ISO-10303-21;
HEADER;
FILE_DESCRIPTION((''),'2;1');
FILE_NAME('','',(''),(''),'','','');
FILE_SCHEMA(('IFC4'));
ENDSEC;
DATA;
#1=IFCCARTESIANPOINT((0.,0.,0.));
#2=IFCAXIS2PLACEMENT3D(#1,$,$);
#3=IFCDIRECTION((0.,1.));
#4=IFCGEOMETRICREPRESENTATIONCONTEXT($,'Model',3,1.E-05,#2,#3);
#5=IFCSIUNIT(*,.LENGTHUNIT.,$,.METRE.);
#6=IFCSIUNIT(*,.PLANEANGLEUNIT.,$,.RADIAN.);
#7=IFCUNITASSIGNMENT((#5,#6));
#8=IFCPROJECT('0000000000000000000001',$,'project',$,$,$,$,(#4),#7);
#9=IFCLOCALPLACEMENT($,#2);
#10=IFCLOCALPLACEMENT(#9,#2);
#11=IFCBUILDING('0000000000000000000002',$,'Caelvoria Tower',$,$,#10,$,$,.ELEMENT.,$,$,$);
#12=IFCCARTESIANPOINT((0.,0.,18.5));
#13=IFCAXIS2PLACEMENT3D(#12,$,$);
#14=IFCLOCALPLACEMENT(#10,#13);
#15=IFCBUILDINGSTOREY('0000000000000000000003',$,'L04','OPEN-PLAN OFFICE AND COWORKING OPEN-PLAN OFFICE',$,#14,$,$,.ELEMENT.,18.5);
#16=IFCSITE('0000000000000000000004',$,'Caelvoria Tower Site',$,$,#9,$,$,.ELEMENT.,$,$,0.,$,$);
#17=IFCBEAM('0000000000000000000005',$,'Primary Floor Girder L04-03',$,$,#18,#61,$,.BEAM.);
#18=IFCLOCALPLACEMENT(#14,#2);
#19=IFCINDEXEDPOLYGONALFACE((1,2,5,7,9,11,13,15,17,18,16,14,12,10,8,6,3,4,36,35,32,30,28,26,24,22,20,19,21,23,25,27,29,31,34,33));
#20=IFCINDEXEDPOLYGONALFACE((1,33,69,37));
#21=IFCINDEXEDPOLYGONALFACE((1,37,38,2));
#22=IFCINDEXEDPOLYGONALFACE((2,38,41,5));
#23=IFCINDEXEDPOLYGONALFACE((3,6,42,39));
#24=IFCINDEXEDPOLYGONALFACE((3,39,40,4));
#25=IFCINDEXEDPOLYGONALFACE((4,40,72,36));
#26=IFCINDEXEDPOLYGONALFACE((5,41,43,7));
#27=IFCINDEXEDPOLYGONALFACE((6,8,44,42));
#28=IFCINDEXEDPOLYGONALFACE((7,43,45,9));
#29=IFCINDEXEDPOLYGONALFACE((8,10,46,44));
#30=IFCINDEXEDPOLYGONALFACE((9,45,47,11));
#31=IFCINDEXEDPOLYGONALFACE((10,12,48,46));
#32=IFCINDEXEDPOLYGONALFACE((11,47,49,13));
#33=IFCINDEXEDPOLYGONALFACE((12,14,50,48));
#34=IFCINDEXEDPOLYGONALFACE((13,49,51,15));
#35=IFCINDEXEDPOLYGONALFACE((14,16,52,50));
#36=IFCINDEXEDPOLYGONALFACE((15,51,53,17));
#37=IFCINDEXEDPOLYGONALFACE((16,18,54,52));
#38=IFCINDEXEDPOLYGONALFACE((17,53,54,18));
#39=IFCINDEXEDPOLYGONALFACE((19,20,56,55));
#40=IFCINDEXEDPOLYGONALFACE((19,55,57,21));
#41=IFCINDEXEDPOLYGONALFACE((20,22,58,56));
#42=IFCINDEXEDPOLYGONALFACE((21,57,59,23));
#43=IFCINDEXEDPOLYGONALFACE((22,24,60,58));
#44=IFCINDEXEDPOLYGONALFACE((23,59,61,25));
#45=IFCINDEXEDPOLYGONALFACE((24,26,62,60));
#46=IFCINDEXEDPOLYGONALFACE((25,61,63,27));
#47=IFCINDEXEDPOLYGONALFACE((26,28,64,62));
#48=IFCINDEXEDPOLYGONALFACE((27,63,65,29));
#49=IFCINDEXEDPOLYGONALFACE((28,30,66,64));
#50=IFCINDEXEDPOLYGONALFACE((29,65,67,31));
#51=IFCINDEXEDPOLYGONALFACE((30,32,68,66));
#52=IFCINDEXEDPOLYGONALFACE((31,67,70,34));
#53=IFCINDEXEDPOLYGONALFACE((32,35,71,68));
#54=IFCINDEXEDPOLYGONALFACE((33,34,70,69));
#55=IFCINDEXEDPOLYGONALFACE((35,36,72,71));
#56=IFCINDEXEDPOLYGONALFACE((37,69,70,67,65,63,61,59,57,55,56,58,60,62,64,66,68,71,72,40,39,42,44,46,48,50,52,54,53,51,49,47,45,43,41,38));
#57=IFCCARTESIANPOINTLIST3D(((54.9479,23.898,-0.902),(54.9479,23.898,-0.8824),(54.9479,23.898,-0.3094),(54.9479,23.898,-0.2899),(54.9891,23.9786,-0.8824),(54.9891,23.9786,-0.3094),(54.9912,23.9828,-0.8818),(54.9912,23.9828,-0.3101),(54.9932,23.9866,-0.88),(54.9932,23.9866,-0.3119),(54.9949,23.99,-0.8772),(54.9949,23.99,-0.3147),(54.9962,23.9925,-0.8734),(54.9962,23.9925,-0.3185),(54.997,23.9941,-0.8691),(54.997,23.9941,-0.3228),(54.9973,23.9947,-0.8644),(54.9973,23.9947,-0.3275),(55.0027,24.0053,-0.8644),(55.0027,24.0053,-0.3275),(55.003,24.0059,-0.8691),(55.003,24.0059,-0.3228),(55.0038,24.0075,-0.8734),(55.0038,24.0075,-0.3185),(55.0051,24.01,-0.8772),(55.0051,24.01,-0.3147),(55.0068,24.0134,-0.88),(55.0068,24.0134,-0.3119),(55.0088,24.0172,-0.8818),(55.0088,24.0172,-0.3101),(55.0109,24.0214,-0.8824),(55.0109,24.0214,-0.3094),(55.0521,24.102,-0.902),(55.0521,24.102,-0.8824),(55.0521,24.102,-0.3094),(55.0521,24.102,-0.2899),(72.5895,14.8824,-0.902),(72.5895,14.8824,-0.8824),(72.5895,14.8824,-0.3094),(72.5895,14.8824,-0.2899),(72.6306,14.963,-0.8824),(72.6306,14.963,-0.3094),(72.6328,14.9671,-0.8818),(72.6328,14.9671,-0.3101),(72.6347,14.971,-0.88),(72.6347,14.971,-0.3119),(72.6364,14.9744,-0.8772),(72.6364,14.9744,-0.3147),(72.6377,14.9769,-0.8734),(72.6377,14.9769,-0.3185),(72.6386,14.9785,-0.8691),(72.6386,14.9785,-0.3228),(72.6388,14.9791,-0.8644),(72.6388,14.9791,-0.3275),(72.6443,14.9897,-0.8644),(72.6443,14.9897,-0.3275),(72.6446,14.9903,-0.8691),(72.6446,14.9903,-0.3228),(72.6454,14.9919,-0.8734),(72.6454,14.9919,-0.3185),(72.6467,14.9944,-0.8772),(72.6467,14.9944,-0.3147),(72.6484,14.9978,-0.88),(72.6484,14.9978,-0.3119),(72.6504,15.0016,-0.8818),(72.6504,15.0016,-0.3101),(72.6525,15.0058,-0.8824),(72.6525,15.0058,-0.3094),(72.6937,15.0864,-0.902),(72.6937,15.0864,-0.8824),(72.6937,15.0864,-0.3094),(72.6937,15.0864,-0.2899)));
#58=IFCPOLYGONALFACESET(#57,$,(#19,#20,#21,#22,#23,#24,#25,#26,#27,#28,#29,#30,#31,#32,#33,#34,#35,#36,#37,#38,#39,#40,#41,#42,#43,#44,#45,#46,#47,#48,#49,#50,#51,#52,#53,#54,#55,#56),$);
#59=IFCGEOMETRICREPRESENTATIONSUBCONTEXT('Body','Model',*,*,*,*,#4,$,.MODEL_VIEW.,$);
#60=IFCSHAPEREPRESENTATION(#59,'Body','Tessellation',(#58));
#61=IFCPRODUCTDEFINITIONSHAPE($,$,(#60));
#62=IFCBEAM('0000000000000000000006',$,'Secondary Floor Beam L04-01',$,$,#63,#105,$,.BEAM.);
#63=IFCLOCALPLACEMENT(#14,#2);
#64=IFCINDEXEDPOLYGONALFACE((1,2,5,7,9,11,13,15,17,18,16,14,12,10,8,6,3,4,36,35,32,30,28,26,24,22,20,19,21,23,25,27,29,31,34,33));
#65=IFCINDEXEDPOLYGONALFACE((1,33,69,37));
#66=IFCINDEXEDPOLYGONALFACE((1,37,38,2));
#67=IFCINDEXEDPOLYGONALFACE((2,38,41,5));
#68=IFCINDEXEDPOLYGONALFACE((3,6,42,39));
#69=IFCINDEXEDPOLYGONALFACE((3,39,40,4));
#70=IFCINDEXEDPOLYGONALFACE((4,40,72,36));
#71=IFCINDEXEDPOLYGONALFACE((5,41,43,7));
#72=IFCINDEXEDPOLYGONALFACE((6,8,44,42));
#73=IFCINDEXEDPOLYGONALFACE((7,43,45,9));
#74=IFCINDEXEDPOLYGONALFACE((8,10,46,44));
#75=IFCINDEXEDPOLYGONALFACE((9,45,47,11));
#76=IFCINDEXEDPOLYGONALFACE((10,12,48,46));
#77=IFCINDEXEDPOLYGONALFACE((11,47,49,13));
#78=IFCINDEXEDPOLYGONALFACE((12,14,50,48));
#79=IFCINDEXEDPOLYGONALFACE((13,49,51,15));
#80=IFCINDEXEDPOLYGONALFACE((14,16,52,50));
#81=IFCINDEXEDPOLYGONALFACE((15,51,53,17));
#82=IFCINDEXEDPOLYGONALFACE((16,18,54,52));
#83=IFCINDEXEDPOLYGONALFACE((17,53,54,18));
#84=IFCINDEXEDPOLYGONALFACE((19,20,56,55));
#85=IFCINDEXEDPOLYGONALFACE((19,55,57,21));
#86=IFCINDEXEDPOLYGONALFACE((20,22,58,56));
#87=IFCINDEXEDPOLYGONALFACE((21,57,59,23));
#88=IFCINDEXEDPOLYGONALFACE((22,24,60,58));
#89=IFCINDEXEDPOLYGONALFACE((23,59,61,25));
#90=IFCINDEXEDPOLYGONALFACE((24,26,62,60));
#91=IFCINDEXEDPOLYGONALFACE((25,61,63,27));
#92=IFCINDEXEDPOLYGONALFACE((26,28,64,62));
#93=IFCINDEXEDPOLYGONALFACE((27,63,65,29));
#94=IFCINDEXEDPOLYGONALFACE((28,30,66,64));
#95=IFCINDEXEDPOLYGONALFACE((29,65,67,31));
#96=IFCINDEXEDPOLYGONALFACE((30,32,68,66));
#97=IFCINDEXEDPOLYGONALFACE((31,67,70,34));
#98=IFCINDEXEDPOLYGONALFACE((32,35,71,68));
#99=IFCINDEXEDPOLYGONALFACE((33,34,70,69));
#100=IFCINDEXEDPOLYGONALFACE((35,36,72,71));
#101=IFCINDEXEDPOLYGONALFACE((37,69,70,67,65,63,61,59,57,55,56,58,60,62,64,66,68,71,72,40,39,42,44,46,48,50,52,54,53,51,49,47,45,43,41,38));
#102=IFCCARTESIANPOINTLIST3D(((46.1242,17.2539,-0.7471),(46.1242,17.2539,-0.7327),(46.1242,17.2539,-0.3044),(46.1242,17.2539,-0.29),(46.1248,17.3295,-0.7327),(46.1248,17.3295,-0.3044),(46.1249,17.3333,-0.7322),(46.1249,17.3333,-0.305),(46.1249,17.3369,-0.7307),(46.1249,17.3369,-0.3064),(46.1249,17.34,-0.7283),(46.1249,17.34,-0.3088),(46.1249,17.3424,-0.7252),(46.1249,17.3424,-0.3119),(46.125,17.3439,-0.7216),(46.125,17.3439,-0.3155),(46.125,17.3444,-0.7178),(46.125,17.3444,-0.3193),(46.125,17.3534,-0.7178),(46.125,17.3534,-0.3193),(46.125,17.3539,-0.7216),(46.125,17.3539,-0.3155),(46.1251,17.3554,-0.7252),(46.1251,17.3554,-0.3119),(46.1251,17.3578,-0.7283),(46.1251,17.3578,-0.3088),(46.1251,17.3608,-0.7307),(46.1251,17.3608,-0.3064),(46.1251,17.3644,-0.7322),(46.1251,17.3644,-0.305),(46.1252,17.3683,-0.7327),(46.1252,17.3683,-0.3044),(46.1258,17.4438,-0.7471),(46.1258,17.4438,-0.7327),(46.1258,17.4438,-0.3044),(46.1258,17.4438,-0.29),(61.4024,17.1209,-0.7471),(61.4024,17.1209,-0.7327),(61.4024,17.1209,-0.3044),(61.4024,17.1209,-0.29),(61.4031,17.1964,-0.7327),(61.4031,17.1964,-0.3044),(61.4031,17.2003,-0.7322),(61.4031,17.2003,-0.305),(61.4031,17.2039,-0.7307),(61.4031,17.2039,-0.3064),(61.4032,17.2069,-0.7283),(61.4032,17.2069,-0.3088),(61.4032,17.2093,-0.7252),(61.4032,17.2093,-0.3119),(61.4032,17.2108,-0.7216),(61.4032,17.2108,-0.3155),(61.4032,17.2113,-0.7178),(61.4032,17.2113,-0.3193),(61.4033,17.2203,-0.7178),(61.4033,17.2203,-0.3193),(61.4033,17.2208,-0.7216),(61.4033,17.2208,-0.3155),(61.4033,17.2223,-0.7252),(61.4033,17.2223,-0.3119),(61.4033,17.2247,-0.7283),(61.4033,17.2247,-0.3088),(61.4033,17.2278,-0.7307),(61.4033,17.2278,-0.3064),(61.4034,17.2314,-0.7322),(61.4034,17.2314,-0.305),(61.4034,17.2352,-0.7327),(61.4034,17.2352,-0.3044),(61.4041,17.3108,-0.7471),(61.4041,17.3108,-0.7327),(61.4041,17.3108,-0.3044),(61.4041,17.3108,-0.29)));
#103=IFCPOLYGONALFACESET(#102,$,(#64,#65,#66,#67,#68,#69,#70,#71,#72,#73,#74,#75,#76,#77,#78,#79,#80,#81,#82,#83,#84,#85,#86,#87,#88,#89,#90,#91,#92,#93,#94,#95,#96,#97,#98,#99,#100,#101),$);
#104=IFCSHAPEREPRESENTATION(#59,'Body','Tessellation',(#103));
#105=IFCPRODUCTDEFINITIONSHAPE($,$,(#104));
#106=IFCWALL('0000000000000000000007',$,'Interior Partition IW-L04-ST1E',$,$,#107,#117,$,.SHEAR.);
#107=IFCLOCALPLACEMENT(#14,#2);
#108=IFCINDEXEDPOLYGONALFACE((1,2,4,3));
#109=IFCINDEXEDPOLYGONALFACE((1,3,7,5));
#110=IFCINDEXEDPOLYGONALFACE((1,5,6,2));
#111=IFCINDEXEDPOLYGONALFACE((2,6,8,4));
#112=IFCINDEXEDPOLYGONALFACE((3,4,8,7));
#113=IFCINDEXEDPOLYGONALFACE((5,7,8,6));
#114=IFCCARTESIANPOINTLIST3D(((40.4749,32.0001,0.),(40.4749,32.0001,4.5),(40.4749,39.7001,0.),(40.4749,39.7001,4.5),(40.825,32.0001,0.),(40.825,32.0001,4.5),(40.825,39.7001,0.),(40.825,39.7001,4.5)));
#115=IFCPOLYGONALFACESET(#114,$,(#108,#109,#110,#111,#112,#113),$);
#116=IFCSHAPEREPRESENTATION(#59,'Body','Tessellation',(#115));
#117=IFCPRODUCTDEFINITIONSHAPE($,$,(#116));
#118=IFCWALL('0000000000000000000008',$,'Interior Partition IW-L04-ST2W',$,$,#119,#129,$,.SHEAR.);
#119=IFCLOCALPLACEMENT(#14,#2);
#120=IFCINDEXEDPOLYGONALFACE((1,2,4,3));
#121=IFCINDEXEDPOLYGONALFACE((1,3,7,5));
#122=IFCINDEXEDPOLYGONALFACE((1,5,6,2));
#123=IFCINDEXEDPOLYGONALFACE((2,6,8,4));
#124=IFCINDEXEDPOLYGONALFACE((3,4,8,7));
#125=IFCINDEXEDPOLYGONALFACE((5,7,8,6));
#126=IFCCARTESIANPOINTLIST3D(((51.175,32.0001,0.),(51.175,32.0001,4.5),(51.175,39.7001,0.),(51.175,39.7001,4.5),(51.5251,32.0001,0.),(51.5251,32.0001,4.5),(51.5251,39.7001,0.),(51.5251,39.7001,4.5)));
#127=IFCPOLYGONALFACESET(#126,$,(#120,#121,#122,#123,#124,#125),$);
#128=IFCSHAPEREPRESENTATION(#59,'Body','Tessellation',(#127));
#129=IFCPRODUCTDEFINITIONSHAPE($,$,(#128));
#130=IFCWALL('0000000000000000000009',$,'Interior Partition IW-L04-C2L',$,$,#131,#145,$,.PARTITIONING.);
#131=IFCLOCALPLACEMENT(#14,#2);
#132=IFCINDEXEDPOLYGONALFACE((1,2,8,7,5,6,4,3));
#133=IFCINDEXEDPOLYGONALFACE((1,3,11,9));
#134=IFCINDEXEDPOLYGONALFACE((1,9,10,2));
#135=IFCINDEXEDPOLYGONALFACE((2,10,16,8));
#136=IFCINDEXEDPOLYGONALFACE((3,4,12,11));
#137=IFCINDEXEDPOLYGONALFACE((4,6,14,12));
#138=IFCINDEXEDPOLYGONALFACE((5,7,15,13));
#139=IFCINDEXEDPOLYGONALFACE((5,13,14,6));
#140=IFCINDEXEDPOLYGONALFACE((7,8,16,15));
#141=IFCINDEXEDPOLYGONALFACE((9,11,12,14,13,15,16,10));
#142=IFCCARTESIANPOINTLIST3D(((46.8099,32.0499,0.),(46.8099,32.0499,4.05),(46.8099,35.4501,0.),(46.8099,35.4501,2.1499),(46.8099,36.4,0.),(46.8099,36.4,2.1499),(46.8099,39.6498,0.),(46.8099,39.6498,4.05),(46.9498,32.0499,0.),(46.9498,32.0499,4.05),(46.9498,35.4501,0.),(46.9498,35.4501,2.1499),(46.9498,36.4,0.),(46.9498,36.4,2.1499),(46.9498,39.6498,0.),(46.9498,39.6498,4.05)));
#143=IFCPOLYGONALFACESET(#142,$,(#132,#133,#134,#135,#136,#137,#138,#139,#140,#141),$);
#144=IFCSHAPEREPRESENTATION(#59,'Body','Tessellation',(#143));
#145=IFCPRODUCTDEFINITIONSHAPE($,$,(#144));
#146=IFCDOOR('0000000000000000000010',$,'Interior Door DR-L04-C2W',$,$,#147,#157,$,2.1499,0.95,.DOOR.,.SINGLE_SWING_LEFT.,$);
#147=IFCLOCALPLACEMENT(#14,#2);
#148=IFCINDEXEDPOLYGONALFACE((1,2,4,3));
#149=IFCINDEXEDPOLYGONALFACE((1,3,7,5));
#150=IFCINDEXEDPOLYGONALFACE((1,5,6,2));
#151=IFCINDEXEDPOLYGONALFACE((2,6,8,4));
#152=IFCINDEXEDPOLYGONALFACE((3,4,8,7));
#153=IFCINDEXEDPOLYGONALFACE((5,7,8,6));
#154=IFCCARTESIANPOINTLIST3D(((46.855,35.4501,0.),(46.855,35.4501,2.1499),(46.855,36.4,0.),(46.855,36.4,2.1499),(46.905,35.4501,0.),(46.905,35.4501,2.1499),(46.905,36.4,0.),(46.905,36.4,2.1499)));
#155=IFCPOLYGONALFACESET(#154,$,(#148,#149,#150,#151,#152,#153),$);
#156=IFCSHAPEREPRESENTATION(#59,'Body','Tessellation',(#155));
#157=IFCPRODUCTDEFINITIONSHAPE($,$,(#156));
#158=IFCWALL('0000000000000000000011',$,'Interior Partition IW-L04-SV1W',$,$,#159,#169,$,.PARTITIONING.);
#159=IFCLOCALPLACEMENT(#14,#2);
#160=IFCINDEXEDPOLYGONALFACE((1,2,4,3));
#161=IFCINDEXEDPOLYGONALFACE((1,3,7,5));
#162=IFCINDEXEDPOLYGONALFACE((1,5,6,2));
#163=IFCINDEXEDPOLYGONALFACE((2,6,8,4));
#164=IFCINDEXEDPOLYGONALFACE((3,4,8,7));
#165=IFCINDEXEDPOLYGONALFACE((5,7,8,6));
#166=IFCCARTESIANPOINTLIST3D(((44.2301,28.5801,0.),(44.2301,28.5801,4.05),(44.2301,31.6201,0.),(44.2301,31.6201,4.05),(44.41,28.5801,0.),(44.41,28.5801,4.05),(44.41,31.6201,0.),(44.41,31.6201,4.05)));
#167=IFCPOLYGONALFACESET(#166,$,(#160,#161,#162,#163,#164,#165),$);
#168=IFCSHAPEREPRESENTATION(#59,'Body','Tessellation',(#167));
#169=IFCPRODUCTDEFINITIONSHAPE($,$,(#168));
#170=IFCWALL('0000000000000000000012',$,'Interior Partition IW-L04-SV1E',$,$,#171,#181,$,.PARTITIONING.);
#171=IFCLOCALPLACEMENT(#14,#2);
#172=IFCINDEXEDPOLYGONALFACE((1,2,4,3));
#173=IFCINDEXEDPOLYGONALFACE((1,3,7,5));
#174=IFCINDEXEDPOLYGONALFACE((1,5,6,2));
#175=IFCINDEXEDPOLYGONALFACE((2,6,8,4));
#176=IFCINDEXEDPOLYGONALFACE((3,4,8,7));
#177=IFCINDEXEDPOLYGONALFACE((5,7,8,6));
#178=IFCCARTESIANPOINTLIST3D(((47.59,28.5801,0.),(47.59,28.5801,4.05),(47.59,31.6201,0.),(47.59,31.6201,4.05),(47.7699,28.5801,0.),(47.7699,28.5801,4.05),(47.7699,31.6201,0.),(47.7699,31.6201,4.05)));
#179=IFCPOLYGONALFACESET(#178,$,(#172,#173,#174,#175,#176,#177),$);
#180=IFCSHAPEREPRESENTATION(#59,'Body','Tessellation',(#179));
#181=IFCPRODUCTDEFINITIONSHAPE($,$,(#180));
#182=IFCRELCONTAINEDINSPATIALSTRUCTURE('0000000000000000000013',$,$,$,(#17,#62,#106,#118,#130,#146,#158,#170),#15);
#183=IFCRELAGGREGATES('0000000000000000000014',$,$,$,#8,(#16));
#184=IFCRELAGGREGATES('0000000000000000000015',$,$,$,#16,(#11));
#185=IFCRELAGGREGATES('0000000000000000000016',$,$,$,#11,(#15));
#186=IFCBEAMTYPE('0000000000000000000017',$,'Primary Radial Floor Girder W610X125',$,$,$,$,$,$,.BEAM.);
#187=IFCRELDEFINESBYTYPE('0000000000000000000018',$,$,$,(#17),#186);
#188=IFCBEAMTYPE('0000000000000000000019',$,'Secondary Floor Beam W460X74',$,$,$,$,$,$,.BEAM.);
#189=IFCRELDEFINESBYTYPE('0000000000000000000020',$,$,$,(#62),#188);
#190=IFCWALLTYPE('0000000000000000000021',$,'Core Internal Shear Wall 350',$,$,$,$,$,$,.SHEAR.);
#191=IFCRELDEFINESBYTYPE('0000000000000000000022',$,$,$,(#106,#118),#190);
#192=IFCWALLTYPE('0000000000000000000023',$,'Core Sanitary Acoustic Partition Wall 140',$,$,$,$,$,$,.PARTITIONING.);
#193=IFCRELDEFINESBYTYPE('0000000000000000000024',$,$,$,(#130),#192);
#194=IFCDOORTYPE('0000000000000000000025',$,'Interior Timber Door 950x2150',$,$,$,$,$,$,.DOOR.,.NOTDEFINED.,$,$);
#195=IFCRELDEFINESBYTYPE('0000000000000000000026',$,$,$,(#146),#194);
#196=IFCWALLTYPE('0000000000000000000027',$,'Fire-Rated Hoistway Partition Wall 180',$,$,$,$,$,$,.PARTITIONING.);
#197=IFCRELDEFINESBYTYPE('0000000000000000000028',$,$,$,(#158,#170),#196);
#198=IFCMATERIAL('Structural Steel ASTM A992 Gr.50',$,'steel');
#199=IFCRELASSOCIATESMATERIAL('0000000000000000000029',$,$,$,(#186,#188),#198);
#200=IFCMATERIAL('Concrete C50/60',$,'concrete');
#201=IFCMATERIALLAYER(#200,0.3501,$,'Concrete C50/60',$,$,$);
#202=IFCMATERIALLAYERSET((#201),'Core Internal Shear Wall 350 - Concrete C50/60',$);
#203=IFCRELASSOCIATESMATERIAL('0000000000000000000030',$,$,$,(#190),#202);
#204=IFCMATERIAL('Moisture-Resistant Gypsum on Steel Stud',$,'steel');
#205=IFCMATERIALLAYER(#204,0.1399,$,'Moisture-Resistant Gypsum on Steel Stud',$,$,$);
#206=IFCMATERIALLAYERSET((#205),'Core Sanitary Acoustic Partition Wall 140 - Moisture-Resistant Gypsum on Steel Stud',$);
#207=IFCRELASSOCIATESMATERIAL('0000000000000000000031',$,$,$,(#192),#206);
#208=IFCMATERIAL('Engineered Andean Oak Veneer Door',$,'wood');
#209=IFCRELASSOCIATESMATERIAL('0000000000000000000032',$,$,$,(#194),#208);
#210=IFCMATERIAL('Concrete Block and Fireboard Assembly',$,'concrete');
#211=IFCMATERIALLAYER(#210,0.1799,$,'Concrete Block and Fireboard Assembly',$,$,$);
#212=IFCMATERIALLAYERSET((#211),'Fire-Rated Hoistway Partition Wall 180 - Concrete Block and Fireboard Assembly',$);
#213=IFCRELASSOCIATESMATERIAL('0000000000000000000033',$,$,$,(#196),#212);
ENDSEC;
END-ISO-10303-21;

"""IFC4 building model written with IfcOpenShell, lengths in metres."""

from ifc_helpers import new_model, si_unit, direction, frame, frame_2d, origin, origin_2d, place, context, subcontext, project, spatial, rectangle, i_section, extrude, material, layer, layer_set, material_profile, profile_set, type_object, element, fill, save


model = new_model("IFC4")

# Units and contexts
model_context = context("Model", 3, precision=1e-05, world=origin(), true_north=direction((0.0, 1.0)))
body_context = subcontext(model_context, "Body", "Model", "MODEL_VIEW")
ifc_project = project(units=[si_unit("LENGTHUNIT", "METRE"), si_unit("PLANEANGLEUNIT", "RADIAN")], contexts=[model_context])

# Site, building, storey
site_placement = place(None, origin())
site = spatial("IfcSite", under=ifc_project, at=site_placement, Name="Caelvoria Tower Site", CompositionType="ELEMENT", RefElevation=0.0)
building_placement = place(site_placement, origin())
building = spatial("IfcBuilding", under=site, at=building_placement, Name="Caelvoria Tower", CompositionType="ELEMENT")
storey_placement = place(building_placement, frame((0.0, 0.0, 18.5)))
storey = spatial("IfcBuildingStorey", under=building, at=storey_placement, Name="L04", Description="OPEN-PLAN OFFICE AND COWORKING OPEN-PLAN OFFICE", CompositionType="ELEMENT", Elevation=18.5)

# Beams
ifc_material_1 = material(Name="Structural Steel ASTM A992 Gr.50", Category="steel")
ifc_material_profile_1 = material_profile(ifc_material_1, i_section(OverallWidth=0.229, OverallDepth=0.6121, WebThickness=0.012, FlangeThickness=0.0195, FilletRadius=0.0181, at=origin_2d()), Name="Structural Steel ASTM A992 Gr.50")
ifc_profile_set_1 = profile_set([ifc_material_profile_1], Name="W610X125 - Structural Steel ASTM A992 Gr.50")
beam_type_1 = type_object("IfcBeamType", Name="Primary Radial Floor Girder W610X125", PredefinedType="BEAM", material=ifc_profile_set_1)
beam_1_placement = place(storey_placement, frame((55.0, 24.0, -0.5959), z_axis=(0.890459, -0.455063, 0.0), x_axis=(0.455063, 0.890459, 0.0)))
element("IfcBeam", 1, at=beam_1_placement, inside=storey, type_object=beam_type_1, Name="Primary Floor Girder L04-03", PredefinedType="BEAM", context=body_context, shape_type="SweptSolid", body=[
    extrude(i_section(OverallWidth=0.229, OverallDepth=0.6121, WebThickness=0.012, FlangeThickness=0.0195, FilletRadius=0.0181, at=origin_2d()), origin(), (0.0, 0.0, 1.0), 19.8118),
])
ifc_material_profile_2 = material_profile(ifc_material_1, i_section(OverallWidth=0.1899, OverallDepth=0.457, WebThickness=0.009, FlangeThickness=0.0144, FilletRadius=0.0149, at=origin_2d()), Name="Structural Steel ASTM A992 Gr.50")
ifc_profile_set_2 = profile_set([ifc_material_profile_2], Name="W460X74 - Structural Steel ASTM A992 Gr.50")
beam_type_2 = type_object("IfcBeamType", Name="Secondary Floor Beam W460X74", PredefinedType="BEAM", material=ifc_profile_set_2)
beam_2_placement = place(storey_placement, frame((46.125, 17.3489, -0.5186), z_axis=(0.999962, -0.008709, 0.0), x_axis=(0.008709, 0.999962, 0.0)))
element("IfcBeam", 2, at=beam_2_placement, inside=storey, type_object=beam_type_2, Name="Secondary Floor Beam L04-01", PredefinedType="BEAM", context=body_context, shape_type="SweptSolid", body=[
    extrude(i_section(OverallWidth=0.1899, OverallDepth=0.457, WebThickness=0.009, FlangeThickness=0.0144, FilletRadius=0.0149, at=origin_2d()), origin(), (0.0, 0.0, 1.0), 15.2788),
])

# Walls
ifc_material_2 = material(Name="Concrete C50/60", Category="concrete")
ifc_layer_1 = layer(ifc_material_2, 0.3501, Name="Concrete C50/60")
ifc_layer_set_1 = layer_set([ifc_layer_1], Name="Core Internal Shear Wall 350 - Concrete C50/60")
wall_type_1 = type_object("IfcWallType", Name="Core Internal Shear Wall 350", PredefinedType="SHEAR", material=ifc_layer_set_1)
for number, where, z_axis, x_axis, name in (
    (3, (40.6499, 32.0, 0.0), (0.0, 0.0, 1.0), (0.0, 1.0, 0.0), "Interior Partition IW-L04-ST1E"),
    (4, (51.3501, 32.0, 0.0), (0.0, 0.0, 1.0), (0.0, 1.0, 0.0), "Interior Partition IW-L04-ST2W"),
):
    element("IfcWall", number, at=place(storey_placement, frame(where, z_axis=z_axis, x_axis=x_axis)), inside=storey, type_object=wall_type_1, Name=name, PredefinedType="SHEAR", context=body_context, shape_type="SweptSolid", body=[
        extrude(rectangle(XDim=7.7, YDim=0.3501, at=frame_2d((3.8501, 0.0))), origin(), (0.0, 0.0, 1.0), 4.5),
    ])

# Wall, opening, door
ifc_material_3 = material(Name="Moisture-Resistant Gypsum on Steel Stud", Category="steel")
ifc_layer_2 = layer(ifc_material_3, 0.1399, Name="Moisture-Resistant Gypsum on Steel Stud")
ifc_layer_set_2 = layer_set([ifc_layer_2], Name="Core Sanitary Acoustic Partition Wall 140 - Moisture-Resistant Gypsum on Steel Stud")
wall_type_2 = type_object("IfcWallType", Name="Core Sanitary Acoustic Partition Wall 140", PredefinedType="PARTITIONING", material=ifc_layer_set_2)
wall_1_placement = place(storey_placement, frame((46.8799, 32.05, 0.0), z_axis=(0.0, 0.0, 1.0), x_axis=(0.0, 1.0, 0.0)))
wall_1 = element("IfcWall", 5, at=wall_1_placement, inside=storey, type_object=wall_type_2, Name="Interior Partition IW-L04-C2L", PredefinedType="PARTITIONING", context=body_context, shape_type="SweptSolid", body=[
    extrude(rectangle(XDim=7.5999, YDim=0.1399, at=frame_2d((3.7998, 0.0))), origin(), (0.0, 0.0, 1.0), 4.05),
])
opening_1_placement = place(wall_1_placement, frame((3.3999, 0.0, 0.0)))
opening_1 = element("IfcOpeningElement", 6, at=opening_1_placement, cuts=wall_1, PredefinedType="OPENING", context=body_context, shape_type="SweptSolid", body=[
    extrude(rectangle(XDim=0.95, YDim=2.1499, at=frame_2d((0.4751, 1.075))), frame((0.0, 0.0798, 0.0), z_axis=(0.0, -1.0, 0.0), x_axis=(1.0, 0.0, 0.0)), (0.0, 0.0, 1.0), 0.1599),
])
ifc_material_4 = material(Name="Engineered Andean Oak Veneer Door", Category="wood")
door_type_1 = type_object("IfcDoorType", Name="Interior Timber Door 950x2150", OperationType="NOTDEFINED", PredefinedType="DOOR", material=ifc_material_4)
door_1_placement = place(opening_1_placement, origin())
door_1 = element("IfcDoor", 7, at=door_1_placement, inside=storey, type_object=door_type_1, Name="Interior Door DR-L04-C2W", OperationType="SINGLE_SWING_LEFT", OverallHeight=2.1499, OverallWidth=0.95, PredefinedType="DOOR", context=body_context, shape_type="SweptSolid", body=[
    extrude(rectangle(XDim=0.95, YDim=2.1499, at=frame_2d((0.4751, 1.075))), frame((0.0, 0.0249, 0.0), z_axis=(0.0, -1.0, 0.0), x_axis=(1.0, 0.0, 0.0)), (0.0, 0.0, 1.0), 0.05),
])
fill(opening_1, door_1)

# Walls
ifc_material_5 = material(Name="Concrete Block and Fireboard Assembly", Category="concrete")
ifc_layer_3 = layer(ifc_material_5, 0.1799, Name="Concrete Block and Fireboard Assembly")
ifc_layer_set_3 = layer_set([ifc_layer_3], Name="Fire-Rated Hoistway Partition Wall 180 - Concrete Block and Fireboard Assembly")
wall_type_3 = type_object("IfcWallType", Name="Fire-Rated Hoistway Partition Wall 180", PredefinedType="PARTITIONING", material=ifc_layer_set_3)
for number, where, z_axis, x_axis, name in (
    (8, (44.3201, 28.5801, 0.0), (0.0, 0.0, 1.0), (0.0, 1.0, 0.0), "Interior Partition IW-L04-SV1W"),
    (9, (47.6799, 28.5801, 0.0), (0.0, 0.0, 1.0), (0.0, 1.0, 0.0), "Interior Partition IW-L04-SV1E"),
):
    element("IfcWall", number, at=place(storey_placement, frame(where, z_axis=z_axis, x_axis=x_axis)), inside=storey, type_object=wall_type_3, Name=name, PredefinedType="PARTITIONING", context=body_context, shape_type="SweptSolid", body=[
        extrude(rectangle(XDim=3.04, YDim=0.1799, at=frame_2d((1.52, 0.0))), origin(), (0.0, 0.0, 1.0), 4.05),
    ])

save(model, "model.ifc")
